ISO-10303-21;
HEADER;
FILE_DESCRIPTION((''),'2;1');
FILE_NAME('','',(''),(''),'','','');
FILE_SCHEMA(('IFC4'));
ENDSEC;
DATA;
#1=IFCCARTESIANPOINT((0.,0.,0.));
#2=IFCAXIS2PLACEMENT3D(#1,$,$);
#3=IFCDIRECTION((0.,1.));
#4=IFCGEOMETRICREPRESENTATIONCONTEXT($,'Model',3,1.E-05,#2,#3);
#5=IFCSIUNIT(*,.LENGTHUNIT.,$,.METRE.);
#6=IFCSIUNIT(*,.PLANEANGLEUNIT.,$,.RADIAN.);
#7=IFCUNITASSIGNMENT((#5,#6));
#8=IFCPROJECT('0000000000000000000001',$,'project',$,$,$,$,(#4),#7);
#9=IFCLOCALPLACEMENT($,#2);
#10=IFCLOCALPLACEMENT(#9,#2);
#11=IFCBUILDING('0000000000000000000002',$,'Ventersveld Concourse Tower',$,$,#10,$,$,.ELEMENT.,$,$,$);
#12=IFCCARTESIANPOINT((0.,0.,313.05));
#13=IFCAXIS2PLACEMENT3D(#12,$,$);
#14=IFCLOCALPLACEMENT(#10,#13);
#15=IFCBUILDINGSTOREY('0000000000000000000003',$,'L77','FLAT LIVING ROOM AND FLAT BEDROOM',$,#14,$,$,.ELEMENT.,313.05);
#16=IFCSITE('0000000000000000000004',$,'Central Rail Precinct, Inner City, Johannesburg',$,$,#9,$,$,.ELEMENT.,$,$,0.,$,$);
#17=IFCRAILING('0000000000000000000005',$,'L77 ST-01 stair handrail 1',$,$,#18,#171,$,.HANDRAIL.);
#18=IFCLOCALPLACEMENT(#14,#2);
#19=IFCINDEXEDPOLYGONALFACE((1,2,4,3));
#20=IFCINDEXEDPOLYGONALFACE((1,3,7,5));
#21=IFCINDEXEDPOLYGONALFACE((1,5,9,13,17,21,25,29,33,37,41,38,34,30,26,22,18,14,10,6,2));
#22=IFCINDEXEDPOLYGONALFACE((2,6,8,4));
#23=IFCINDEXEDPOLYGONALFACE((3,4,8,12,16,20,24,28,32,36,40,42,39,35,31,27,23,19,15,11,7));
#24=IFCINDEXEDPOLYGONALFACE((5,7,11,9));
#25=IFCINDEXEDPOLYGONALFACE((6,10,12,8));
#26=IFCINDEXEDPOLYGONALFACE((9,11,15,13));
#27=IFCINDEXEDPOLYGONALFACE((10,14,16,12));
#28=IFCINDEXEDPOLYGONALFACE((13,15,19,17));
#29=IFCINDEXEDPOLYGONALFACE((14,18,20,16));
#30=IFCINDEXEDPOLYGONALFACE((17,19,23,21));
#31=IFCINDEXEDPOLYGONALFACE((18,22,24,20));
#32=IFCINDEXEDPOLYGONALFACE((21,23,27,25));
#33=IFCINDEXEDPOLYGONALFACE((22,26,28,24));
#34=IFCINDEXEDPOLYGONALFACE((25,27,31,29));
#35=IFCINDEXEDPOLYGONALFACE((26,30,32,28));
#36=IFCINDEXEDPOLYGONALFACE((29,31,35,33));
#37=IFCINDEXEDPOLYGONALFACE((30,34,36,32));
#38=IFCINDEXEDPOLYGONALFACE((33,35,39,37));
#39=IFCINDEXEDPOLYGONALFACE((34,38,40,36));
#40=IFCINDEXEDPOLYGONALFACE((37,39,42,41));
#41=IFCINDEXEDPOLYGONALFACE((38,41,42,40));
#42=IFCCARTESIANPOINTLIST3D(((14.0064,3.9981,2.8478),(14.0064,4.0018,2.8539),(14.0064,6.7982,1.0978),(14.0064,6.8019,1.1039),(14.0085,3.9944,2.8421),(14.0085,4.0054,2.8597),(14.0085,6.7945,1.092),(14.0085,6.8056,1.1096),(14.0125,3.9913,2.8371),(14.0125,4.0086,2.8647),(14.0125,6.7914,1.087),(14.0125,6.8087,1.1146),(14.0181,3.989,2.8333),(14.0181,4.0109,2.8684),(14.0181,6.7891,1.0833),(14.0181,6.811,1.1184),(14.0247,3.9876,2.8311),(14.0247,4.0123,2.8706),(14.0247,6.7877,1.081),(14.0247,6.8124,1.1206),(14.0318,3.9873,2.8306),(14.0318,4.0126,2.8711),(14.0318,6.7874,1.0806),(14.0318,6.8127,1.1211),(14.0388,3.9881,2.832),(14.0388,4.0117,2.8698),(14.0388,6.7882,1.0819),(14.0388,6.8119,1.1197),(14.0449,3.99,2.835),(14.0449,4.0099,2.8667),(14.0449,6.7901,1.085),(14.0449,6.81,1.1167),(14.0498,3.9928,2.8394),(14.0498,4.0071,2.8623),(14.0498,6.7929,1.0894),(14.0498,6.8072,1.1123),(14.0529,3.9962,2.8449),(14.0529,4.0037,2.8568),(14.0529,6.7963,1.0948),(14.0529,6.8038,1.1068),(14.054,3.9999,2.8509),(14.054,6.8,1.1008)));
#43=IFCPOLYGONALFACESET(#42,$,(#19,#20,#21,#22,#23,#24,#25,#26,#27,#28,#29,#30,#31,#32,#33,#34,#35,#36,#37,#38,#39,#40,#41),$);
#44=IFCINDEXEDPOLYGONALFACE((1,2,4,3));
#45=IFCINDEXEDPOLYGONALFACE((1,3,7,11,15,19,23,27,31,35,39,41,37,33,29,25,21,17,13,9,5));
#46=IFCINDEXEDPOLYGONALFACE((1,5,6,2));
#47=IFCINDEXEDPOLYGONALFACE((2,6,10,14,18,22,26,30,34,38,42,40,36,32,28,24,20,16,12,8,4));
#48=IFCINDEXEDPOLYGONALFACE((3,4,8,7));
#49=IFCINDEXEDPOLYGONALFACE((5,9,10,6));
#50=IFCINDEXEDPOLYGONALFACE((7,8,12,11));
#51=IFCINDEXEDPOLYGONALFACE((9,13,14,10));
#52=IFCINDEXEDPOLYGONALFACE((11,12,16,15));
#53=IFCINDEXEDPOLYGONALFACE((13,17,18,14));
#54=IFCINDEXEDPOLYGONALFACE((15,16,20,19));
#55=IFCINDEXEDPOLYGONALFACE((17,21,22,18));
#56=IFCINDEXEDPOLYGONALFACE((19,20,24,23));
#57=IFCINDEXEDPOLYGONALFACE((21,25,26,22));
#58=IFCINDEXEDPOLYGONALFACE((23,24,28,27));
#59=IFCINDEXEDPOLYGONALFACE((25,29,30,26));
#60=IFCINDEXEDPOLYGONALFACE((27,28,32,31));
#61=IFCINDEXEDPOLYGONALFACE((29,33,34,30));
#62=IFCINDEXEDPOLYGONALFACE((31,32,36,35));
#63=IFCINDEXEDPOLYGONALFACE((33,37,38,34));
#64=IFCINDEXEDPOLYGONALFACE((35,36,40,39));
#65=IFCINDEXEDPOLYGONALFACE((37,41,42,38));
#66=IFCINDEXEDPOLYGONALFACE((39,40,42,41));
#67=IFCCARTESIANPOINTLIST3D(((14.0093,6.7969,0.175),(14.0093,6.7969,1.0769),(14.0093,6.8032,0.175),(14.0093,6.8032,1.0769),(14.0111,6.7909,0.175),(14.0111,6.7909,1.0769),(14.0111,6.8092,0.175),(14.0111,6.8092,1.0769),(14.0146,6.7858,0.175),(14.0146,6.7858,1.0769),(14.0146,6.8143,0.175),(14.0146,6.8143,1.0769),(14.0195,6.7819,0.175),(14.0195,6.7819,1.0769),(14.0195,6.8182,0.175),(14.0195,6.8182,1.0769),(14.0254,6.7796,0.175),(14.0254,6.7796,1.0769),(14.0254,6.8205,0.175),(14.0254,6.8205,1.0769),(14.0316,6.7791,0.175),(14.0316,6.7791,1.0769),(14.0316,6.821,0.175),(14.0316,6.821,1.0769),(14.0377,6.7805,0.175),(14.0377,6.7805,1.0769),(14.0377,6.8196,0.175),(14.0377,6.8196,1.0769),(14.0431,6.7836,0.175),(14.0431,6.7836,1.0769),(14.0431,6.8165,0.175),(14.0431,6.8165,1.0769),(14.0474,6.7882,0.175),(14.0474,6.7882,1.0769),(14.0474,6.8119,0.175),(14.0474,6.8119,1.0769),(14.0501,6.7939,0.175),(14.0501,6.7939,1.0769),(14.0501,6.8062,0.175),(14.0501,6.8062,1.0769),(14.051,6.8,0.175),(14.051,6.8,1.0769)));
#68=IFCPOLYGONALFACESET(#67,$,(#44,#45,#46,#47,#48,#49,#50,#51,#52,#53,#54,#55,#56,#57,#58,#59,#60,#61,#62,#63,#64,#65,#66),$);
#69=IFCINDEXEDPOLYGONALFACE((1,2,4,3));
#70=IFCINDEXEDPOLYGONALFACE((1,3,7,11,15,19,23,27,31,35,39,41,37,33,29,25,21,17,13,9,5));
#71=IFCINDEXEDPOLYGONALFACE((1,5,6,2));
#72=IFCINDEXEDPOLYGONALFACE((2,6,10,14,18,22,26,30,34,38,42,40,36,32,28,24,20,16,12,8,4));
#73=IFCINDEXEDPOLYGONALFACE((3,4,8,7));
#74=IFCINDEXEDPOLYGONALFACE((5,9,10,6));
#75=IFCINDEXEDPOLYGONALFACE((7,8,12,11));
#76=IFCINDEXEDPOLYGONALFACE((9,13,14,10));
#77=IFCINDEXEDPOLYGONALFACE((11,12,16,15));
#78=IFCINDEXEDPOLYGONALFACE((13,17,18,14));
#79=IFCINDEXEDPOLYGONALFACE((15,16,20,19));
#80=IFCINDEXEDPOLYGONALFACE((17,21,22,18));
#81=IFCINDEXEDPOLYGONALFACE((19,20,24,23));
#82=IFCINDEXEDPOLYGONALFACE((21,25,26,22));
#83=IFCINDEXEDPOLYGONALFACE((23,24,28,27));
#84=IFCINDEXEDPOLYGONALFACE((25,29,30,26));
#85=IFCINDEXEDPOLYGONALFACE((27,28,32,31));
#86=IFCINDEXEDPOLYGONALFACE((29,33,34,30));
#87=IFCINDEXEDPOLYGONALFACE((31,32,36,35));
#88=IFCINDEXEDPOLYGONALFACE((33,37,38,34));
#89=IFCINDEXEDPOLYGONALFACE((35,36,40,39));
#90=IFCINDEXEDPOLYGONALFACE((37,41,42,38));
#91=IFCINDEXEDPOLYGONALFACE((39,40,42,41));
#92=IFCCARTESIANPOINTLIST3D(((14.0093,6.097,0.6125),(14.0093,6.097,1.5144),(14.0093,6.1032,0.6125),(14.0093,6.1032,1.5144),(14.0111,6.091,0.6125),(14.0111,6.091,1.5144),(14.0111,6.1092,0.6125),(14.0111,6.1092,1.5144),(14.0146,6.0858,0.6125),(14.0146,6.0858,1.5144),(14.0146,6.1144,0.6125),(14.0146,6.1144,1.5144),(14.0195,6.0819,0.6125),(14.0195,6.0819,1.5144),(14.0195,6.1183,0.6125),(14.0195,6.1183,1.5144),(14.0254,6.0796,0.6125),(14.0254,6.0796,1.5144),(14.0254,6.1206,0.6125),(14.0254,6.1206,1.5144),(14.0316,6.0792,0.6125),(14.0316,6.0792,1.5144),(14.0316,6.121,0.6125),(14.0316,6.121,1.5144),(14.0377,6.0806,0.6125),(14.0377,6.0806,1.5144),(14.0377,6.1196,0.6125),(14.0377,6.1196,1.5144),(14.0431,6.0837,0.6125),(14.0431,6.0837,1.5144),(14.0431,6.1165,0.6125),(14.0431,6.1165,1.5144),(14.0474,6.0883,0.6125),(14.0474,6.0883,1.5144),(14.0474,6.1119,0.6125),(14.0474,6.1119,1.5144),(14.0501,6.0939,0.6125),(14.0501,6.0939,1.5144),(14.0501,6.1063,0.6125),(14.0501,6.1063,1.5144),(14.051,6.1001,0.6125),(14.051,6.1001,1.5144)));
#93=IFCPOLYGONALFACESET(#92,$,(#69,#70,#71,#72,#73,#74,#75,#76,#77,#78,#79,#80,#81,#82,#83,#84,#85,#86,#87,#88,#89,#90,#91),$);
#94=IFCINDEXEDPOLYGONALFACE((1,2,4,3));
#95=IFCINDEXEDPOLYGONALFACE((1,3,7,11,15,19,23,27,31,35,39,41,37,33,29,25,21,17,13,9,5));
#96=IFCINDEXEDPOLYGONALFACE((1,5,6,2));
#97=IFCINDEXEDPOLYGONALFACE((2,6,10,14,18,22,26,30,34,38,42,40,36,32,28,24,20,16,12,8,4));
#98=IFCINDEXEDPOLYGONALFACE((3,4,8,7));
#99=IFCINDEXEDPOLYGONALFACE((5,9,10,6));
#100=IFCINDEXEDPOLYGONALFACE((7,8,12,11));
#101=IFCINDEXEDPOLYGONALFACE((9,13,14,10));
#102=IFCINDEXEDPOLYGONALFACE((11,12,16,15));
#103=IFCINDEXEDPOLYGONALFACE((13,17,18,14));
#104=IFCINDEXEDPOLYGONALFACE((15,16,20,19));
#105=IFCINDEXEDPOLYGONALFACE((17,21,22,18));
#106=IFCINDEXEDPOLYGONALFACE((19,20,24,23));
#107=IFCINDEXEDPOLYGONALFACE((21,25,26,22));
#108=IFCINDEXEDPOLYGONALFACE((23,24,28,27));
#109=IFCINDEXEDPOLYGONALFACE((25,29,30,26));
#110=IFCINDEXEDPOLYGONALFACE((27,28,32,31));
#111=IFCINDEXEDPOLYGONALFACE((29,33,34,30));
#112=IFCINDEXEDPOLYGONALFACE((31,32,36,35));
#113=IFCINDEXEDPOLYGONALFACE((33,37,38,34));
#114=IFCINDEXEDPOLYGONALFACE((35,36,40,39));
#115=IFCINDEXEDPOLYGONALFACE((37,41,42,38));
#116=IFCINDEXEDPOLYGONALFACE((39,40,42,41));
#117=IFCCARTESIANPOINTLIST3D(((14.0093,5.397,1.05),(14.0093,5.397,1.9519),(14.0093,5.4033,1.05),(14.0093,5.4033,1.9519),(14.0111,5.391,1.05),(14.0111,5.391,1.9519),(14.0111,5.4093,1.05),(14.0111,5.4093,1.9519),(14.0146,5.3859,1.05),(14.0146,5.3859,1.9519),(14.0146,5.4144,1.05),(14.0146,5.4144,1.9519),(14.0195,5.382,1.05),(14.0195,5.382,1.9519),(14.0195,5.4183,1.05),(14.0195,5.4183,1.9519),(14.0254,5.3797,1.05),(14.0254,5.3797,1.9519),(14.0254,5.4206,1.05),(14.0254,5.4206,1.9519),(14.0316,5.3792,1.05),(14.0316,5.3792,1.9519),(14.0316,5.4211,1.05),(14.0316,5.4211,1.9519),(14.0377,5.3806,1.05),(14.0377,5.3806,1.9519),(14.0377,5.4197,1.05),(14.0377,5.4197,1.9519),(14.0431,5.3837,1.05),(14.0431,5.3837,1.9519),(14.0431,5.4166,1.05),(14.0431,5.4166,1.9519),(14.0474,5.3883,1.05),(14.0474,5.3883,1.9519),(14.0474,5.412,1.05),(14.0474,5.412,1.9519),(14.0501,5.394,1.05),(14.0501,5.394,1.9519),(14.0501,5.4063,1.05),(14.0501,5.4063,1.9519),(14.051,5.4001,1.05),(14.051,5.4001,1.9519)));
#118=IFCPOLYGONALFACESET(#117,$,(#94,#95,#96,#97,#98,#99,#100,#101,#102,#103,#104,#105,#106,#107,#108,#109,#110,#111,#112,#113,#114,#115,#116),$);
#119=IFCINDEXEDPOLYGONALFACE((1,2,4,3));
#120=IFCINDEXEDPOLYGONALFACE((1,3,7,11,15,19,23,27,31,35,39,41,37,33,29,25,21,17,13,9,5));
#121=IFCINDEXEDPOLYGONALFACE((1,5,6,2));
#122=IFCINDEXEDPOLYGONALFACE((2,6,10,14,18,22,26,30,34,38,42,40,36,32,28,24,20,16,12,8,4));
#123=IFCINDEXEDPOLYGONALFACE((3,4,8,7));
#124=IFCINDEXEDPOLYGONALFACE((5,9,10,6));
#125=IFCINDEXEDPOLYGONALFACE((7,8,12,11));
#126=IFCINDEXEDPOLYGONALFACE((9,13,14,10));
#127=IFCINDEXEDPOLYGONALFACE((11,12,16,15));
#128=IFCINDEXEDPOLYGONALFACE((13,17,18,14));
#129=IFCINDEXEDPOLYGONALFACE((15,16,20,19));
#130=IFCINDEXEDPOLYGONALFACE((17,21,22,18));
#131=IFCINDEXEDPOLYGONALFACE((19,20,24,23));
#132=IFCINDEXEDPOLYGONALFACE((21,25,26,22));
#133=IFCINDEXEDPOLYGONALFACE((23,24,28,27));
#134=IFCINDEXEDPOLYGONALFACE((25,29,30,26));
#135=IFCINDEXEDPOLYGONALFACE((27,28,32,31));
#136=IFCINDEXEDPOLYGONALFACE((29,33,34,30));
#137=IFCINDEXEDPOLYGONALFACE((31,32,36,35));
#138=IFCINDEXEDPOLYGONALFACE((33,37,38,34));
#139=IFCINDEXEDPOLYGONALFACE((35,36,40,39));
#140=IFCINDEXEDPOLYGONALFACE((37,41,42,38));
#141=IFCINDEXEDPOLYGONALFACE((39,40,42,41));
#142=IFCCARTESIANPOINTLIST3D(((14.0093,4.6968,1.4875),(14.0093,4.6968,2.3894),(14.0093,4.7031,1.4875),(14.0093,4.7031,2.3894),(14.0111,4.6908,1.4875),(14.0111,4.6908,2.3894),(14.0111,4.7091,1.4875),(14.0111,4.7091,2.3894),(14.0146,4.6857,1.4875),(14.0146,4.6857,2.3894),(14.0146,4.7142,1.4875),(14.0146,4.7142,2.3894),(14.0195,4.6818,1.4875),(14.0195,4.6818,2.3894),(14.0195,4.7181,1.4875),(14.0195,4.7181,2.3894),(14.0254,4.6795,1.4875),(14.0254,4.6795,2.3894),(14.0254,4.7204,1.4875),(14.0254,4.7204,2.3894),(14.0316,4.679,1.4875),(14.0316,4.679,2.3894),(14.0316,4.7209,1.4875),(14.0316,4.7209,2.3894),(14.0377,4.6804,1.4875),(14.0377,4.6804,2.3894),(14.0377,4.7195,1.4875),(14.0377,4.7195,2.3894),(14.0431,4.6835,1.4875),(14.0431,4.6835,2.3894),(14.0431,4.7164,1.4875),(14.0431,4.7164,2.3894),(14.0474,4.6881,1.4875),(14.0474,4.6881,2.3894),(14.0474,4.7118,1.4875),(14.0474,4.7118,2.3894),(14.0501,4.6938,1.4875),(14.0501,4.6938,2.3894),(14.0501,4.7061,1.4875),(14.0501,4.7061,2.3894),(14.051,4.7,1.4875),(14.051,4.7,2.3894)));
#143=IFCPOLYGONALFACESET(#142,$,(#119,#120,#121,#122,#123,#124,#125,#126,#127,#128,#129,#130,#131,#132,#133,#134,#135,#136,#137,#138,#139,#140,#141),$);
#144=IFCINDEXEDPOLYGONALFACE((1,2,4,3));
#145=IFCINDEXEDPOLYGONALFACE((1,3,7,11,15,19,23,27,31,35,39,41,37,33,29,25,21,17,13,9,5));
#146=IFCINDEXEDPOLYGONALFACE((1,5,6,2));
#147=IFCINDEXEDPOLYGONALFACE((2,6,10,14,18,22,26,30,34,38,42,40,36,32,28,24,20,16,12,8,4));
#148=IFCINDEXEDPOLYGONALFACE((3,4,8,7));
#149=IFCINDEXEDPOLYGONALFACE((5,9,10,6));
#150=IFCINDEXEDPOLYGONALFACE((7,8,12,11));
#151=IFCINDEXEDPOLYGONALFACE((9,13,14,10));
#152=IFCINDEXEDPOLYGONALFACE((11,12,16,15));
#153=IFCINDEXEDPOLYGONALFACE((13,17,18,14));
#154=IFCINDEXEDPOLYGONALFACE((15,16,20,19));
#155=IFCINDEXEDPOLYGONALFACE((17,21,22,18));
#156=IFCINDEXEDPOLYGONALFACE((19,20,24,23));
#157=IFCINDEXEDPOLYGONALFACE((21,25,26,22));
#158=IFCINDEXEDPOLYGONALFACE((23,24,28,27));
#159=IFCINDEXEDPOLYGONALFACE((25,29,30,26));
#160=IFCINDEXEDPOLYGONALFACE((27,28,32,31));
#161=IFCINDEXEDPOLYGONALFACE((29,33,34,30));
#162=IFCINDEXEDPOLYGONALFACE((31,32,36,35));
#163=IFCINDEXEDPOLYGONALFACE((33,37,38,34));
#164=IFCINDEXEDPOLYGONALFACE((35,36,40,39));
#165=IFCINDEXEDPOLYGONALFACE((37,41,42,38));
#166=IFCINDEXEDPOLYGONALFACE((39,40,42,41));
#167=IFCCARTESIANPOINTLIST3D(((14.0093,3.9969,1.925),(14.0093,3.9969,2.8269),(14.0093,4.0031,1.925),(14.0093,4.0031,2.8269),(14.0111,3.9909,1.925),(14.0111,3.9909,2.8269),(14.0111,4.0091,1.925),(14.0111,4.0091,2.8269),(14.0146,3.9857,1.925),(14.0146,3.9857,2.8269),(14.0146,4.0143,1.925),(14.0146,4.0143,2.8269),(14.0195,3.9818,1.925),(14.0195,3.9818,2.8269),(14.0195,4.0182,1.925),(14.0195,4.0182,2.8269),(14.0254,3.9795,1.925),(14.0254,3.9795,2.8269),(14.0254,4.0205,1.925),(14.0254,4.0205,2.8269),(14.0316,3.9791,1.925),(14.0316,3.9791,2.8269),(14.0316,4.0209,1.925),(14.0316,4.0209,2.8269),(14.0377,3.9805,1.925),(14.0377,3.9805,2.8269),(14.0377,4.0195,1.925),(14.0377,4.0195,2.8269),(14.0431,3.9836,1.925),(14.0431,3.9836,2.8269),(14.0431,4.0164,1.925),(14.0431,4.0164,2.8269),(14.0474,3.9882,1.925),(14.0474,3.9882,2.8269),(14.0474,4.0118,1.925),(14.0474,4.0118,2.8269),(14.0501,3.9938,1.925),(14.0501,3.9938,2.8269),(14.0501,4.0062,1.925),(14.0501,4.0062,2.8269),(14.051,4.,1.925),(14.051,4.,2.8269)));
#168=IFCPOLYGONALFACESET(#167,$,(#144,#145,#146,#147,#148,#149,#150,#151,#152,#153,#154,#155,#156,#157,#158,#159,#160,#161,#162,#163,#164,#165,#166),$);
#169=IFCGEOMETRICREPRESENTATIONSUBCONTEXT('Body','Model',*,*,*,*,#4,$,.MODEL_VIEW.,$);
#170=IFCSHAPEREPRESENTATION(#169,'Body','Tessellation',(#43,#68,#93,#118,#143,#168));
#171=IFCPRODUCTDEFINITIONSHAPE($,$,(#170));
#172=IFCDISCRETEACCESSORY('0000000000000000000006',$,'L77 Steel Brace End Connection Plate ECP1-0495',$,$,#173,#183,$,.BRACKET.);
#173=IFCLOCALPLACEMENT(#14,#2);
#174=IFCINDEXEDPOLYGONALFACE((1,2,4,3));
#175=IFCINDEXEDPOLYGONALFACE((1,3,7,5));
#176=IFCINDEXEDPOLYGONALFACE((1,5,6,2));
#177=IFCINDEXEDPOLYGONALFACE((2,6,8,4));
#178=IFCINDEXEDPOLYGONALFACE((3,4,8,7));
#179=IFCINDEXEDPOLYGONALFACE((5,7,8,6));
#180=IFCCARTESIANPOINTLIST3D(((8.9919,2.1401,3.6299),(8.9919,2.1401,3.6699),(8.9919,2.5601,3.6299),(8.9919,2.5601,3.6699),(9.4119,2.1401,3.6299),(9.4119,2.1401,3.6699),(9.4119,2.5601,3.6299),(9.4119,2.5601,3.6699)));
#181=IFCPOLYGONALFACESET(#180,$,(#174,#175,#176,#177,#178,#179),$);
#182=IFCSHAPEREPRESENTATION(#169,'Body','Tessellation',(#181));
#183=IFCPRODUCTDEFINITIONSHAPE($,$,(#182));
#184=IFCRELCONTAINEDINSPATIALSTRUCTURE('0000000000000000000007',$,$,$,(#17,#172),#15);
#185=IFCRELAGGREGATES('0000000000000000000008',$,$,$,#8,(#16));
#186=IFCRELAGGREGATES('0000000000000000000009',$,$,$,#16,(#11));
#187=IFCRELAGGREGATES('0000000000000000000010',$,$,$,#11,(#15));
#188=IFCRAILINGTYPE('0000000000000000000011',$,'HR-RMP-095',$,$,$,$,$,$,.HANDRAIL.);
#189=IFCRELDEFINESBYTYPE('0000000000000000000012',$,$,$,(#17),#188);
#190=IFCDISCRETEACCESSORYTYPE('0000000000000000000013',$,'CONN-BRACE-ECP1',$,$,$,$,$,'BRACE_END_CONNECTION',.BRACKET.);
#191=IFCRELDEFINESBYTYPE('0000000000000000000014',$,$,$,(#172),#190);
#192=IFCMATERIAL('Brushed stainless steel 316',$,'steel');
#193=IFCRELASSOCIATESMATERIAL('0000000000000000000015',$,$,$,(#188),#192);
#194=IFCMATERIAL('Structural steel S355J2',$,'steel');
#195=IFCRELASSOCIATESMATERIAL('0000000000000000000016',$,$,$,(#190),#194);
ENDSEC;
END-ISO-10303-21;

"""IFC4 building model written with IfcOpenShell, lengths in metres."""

from ifc_helpers import new_model, si_unit, direction, frame, origin, origin_2d, place, context, subcontext, project, spatial, rectangle, circle, extrude, material, type_object, element, save


model = new_model("IFC4")

# Units and contexts
model_context = context("Model", 3, precision=1e-05, world=origin(), true_north=direction((0.0, 1.0)))
body_context = subcontext(model_context, "Body", "Model", "MODEL_VIEW")
ifc_project = project(units=[si_unit("LENGTHUNIT", "METRE"), si_unit("PLANEANGLEUNIT", "RADIAN")], contexts=[model_context])

# Site, building, storey
site_placement = place(None, origin())
site = spatial("IfcSite", under=ifc_project, at=site_placement, Name="Central Rail Precinct, Inner City, Johannesburg", CompositionType="ELEMENT", RefElevation=0.0)
building_placement = place(site_placement, origin())
building = spatial("IfcBuilding", under=site, at=building_placement, Name="Ventersveld Concourse Tower", CompositionType="ELEMENT")
storey_placement = place(building_placement, frame((0.0, 0.0, 313.05)))
storey = spatial("IfcBuildingStorey", under=building, at=storey_placement, Name="L77", Description="FLAT LIVING ROOM AND FLAT BEDROOM", CompositionType="ELEMENT", Elevation=313.05)

# Shared definitions
ifc_material_1 = material(Name="Structural steel S355J2", Category="steel")

# Railing
ifc_material_2 = material(Name="Brushed stainless steel 316", Category="steel")
railing_type_1 = type_object("IfcRailingType", Name="HR-RMP-095", PredefinedType="HANDRAIL", material=ifc_material_2)
railing_1_placement = place(storey_placement, frame((14.03, 6.8, 0.175)))
element("IfcRailing", 1, at=railing_1_placement, inside=storey, type_object=railing_type_1, Name="L77 ST-01 stair handrail 1", PredefinedType="HANDRAIL", context=body_context, shape_type="SweptSolid", body=[
    extrude(circle(Radius=0.0239, at=origin_2d()), frame((0.0, 0.0, 0.9258), z_axis=(0.0, -0.848002, 0.529992), x_axis=(1.0, 0.0, 0.0)), (0.0, 0.0, 1.0), 3.302),
    extrude(circle(Radius=0.021, at=origin_2d()), origin(), (0.0, 0.0, 1.0), 0.9019),
    extrude(circle(Radius=0.021, at=origin_2d()), frame((0.0, -0.7, 0.4375)), (0.0, 0.0, 1.0), 0.9019),
    extrude(circle(Radius=0.021, at=origin_2d()), frame((0.0, -1.3999, 0.875)), (0.0, 0.0, 1.0), 0.9019),
    extrude(circle(Radius=0.021, at=origin_2d()), frame((0.0, -2.1001, 1.3125)), (0.0, 0.0, 1.0), 0.9019),
    extrude(circle(Radius=0.021, at=origin_2d()), frame((0.0, -2.8, 1.75)), (0.0, 0.0, 1.0), 0.9019),
])

# Discrete accessory
discrete_accessory_type = type_object("IfcDiscreteAccessoryType", Name="CONN-BRACE-ECP1", ElementType="BRACE_END_CONNECTION", PredefinedType="BRACKET", material=ifc_material_1)
discrete_accessory_placement = place(storey_placement, frame((9.2019, 2.3501, 3.6299), z_axis=(0.0, 0.0, 1.0), x_axis=(1.0, 0.0, 0.0)))
element("IfcDiscreteAccessory", 2, at=discrete_accessory_placement, inside=storey, type_object=discrete_accessory_type, Name="L77 Steel Brace End Connection Plate ECP1-0495", PredefinedType="BRACKET", context=body_context, shape_type="SweptSolid", body=[
    extrude(rectangle(XDim=0.4199, YDim=0.4199, at=origin_2d()), origin(), (0.0, 0.0, 1.0), 0.04),
])

save(model, "model.ifc")
